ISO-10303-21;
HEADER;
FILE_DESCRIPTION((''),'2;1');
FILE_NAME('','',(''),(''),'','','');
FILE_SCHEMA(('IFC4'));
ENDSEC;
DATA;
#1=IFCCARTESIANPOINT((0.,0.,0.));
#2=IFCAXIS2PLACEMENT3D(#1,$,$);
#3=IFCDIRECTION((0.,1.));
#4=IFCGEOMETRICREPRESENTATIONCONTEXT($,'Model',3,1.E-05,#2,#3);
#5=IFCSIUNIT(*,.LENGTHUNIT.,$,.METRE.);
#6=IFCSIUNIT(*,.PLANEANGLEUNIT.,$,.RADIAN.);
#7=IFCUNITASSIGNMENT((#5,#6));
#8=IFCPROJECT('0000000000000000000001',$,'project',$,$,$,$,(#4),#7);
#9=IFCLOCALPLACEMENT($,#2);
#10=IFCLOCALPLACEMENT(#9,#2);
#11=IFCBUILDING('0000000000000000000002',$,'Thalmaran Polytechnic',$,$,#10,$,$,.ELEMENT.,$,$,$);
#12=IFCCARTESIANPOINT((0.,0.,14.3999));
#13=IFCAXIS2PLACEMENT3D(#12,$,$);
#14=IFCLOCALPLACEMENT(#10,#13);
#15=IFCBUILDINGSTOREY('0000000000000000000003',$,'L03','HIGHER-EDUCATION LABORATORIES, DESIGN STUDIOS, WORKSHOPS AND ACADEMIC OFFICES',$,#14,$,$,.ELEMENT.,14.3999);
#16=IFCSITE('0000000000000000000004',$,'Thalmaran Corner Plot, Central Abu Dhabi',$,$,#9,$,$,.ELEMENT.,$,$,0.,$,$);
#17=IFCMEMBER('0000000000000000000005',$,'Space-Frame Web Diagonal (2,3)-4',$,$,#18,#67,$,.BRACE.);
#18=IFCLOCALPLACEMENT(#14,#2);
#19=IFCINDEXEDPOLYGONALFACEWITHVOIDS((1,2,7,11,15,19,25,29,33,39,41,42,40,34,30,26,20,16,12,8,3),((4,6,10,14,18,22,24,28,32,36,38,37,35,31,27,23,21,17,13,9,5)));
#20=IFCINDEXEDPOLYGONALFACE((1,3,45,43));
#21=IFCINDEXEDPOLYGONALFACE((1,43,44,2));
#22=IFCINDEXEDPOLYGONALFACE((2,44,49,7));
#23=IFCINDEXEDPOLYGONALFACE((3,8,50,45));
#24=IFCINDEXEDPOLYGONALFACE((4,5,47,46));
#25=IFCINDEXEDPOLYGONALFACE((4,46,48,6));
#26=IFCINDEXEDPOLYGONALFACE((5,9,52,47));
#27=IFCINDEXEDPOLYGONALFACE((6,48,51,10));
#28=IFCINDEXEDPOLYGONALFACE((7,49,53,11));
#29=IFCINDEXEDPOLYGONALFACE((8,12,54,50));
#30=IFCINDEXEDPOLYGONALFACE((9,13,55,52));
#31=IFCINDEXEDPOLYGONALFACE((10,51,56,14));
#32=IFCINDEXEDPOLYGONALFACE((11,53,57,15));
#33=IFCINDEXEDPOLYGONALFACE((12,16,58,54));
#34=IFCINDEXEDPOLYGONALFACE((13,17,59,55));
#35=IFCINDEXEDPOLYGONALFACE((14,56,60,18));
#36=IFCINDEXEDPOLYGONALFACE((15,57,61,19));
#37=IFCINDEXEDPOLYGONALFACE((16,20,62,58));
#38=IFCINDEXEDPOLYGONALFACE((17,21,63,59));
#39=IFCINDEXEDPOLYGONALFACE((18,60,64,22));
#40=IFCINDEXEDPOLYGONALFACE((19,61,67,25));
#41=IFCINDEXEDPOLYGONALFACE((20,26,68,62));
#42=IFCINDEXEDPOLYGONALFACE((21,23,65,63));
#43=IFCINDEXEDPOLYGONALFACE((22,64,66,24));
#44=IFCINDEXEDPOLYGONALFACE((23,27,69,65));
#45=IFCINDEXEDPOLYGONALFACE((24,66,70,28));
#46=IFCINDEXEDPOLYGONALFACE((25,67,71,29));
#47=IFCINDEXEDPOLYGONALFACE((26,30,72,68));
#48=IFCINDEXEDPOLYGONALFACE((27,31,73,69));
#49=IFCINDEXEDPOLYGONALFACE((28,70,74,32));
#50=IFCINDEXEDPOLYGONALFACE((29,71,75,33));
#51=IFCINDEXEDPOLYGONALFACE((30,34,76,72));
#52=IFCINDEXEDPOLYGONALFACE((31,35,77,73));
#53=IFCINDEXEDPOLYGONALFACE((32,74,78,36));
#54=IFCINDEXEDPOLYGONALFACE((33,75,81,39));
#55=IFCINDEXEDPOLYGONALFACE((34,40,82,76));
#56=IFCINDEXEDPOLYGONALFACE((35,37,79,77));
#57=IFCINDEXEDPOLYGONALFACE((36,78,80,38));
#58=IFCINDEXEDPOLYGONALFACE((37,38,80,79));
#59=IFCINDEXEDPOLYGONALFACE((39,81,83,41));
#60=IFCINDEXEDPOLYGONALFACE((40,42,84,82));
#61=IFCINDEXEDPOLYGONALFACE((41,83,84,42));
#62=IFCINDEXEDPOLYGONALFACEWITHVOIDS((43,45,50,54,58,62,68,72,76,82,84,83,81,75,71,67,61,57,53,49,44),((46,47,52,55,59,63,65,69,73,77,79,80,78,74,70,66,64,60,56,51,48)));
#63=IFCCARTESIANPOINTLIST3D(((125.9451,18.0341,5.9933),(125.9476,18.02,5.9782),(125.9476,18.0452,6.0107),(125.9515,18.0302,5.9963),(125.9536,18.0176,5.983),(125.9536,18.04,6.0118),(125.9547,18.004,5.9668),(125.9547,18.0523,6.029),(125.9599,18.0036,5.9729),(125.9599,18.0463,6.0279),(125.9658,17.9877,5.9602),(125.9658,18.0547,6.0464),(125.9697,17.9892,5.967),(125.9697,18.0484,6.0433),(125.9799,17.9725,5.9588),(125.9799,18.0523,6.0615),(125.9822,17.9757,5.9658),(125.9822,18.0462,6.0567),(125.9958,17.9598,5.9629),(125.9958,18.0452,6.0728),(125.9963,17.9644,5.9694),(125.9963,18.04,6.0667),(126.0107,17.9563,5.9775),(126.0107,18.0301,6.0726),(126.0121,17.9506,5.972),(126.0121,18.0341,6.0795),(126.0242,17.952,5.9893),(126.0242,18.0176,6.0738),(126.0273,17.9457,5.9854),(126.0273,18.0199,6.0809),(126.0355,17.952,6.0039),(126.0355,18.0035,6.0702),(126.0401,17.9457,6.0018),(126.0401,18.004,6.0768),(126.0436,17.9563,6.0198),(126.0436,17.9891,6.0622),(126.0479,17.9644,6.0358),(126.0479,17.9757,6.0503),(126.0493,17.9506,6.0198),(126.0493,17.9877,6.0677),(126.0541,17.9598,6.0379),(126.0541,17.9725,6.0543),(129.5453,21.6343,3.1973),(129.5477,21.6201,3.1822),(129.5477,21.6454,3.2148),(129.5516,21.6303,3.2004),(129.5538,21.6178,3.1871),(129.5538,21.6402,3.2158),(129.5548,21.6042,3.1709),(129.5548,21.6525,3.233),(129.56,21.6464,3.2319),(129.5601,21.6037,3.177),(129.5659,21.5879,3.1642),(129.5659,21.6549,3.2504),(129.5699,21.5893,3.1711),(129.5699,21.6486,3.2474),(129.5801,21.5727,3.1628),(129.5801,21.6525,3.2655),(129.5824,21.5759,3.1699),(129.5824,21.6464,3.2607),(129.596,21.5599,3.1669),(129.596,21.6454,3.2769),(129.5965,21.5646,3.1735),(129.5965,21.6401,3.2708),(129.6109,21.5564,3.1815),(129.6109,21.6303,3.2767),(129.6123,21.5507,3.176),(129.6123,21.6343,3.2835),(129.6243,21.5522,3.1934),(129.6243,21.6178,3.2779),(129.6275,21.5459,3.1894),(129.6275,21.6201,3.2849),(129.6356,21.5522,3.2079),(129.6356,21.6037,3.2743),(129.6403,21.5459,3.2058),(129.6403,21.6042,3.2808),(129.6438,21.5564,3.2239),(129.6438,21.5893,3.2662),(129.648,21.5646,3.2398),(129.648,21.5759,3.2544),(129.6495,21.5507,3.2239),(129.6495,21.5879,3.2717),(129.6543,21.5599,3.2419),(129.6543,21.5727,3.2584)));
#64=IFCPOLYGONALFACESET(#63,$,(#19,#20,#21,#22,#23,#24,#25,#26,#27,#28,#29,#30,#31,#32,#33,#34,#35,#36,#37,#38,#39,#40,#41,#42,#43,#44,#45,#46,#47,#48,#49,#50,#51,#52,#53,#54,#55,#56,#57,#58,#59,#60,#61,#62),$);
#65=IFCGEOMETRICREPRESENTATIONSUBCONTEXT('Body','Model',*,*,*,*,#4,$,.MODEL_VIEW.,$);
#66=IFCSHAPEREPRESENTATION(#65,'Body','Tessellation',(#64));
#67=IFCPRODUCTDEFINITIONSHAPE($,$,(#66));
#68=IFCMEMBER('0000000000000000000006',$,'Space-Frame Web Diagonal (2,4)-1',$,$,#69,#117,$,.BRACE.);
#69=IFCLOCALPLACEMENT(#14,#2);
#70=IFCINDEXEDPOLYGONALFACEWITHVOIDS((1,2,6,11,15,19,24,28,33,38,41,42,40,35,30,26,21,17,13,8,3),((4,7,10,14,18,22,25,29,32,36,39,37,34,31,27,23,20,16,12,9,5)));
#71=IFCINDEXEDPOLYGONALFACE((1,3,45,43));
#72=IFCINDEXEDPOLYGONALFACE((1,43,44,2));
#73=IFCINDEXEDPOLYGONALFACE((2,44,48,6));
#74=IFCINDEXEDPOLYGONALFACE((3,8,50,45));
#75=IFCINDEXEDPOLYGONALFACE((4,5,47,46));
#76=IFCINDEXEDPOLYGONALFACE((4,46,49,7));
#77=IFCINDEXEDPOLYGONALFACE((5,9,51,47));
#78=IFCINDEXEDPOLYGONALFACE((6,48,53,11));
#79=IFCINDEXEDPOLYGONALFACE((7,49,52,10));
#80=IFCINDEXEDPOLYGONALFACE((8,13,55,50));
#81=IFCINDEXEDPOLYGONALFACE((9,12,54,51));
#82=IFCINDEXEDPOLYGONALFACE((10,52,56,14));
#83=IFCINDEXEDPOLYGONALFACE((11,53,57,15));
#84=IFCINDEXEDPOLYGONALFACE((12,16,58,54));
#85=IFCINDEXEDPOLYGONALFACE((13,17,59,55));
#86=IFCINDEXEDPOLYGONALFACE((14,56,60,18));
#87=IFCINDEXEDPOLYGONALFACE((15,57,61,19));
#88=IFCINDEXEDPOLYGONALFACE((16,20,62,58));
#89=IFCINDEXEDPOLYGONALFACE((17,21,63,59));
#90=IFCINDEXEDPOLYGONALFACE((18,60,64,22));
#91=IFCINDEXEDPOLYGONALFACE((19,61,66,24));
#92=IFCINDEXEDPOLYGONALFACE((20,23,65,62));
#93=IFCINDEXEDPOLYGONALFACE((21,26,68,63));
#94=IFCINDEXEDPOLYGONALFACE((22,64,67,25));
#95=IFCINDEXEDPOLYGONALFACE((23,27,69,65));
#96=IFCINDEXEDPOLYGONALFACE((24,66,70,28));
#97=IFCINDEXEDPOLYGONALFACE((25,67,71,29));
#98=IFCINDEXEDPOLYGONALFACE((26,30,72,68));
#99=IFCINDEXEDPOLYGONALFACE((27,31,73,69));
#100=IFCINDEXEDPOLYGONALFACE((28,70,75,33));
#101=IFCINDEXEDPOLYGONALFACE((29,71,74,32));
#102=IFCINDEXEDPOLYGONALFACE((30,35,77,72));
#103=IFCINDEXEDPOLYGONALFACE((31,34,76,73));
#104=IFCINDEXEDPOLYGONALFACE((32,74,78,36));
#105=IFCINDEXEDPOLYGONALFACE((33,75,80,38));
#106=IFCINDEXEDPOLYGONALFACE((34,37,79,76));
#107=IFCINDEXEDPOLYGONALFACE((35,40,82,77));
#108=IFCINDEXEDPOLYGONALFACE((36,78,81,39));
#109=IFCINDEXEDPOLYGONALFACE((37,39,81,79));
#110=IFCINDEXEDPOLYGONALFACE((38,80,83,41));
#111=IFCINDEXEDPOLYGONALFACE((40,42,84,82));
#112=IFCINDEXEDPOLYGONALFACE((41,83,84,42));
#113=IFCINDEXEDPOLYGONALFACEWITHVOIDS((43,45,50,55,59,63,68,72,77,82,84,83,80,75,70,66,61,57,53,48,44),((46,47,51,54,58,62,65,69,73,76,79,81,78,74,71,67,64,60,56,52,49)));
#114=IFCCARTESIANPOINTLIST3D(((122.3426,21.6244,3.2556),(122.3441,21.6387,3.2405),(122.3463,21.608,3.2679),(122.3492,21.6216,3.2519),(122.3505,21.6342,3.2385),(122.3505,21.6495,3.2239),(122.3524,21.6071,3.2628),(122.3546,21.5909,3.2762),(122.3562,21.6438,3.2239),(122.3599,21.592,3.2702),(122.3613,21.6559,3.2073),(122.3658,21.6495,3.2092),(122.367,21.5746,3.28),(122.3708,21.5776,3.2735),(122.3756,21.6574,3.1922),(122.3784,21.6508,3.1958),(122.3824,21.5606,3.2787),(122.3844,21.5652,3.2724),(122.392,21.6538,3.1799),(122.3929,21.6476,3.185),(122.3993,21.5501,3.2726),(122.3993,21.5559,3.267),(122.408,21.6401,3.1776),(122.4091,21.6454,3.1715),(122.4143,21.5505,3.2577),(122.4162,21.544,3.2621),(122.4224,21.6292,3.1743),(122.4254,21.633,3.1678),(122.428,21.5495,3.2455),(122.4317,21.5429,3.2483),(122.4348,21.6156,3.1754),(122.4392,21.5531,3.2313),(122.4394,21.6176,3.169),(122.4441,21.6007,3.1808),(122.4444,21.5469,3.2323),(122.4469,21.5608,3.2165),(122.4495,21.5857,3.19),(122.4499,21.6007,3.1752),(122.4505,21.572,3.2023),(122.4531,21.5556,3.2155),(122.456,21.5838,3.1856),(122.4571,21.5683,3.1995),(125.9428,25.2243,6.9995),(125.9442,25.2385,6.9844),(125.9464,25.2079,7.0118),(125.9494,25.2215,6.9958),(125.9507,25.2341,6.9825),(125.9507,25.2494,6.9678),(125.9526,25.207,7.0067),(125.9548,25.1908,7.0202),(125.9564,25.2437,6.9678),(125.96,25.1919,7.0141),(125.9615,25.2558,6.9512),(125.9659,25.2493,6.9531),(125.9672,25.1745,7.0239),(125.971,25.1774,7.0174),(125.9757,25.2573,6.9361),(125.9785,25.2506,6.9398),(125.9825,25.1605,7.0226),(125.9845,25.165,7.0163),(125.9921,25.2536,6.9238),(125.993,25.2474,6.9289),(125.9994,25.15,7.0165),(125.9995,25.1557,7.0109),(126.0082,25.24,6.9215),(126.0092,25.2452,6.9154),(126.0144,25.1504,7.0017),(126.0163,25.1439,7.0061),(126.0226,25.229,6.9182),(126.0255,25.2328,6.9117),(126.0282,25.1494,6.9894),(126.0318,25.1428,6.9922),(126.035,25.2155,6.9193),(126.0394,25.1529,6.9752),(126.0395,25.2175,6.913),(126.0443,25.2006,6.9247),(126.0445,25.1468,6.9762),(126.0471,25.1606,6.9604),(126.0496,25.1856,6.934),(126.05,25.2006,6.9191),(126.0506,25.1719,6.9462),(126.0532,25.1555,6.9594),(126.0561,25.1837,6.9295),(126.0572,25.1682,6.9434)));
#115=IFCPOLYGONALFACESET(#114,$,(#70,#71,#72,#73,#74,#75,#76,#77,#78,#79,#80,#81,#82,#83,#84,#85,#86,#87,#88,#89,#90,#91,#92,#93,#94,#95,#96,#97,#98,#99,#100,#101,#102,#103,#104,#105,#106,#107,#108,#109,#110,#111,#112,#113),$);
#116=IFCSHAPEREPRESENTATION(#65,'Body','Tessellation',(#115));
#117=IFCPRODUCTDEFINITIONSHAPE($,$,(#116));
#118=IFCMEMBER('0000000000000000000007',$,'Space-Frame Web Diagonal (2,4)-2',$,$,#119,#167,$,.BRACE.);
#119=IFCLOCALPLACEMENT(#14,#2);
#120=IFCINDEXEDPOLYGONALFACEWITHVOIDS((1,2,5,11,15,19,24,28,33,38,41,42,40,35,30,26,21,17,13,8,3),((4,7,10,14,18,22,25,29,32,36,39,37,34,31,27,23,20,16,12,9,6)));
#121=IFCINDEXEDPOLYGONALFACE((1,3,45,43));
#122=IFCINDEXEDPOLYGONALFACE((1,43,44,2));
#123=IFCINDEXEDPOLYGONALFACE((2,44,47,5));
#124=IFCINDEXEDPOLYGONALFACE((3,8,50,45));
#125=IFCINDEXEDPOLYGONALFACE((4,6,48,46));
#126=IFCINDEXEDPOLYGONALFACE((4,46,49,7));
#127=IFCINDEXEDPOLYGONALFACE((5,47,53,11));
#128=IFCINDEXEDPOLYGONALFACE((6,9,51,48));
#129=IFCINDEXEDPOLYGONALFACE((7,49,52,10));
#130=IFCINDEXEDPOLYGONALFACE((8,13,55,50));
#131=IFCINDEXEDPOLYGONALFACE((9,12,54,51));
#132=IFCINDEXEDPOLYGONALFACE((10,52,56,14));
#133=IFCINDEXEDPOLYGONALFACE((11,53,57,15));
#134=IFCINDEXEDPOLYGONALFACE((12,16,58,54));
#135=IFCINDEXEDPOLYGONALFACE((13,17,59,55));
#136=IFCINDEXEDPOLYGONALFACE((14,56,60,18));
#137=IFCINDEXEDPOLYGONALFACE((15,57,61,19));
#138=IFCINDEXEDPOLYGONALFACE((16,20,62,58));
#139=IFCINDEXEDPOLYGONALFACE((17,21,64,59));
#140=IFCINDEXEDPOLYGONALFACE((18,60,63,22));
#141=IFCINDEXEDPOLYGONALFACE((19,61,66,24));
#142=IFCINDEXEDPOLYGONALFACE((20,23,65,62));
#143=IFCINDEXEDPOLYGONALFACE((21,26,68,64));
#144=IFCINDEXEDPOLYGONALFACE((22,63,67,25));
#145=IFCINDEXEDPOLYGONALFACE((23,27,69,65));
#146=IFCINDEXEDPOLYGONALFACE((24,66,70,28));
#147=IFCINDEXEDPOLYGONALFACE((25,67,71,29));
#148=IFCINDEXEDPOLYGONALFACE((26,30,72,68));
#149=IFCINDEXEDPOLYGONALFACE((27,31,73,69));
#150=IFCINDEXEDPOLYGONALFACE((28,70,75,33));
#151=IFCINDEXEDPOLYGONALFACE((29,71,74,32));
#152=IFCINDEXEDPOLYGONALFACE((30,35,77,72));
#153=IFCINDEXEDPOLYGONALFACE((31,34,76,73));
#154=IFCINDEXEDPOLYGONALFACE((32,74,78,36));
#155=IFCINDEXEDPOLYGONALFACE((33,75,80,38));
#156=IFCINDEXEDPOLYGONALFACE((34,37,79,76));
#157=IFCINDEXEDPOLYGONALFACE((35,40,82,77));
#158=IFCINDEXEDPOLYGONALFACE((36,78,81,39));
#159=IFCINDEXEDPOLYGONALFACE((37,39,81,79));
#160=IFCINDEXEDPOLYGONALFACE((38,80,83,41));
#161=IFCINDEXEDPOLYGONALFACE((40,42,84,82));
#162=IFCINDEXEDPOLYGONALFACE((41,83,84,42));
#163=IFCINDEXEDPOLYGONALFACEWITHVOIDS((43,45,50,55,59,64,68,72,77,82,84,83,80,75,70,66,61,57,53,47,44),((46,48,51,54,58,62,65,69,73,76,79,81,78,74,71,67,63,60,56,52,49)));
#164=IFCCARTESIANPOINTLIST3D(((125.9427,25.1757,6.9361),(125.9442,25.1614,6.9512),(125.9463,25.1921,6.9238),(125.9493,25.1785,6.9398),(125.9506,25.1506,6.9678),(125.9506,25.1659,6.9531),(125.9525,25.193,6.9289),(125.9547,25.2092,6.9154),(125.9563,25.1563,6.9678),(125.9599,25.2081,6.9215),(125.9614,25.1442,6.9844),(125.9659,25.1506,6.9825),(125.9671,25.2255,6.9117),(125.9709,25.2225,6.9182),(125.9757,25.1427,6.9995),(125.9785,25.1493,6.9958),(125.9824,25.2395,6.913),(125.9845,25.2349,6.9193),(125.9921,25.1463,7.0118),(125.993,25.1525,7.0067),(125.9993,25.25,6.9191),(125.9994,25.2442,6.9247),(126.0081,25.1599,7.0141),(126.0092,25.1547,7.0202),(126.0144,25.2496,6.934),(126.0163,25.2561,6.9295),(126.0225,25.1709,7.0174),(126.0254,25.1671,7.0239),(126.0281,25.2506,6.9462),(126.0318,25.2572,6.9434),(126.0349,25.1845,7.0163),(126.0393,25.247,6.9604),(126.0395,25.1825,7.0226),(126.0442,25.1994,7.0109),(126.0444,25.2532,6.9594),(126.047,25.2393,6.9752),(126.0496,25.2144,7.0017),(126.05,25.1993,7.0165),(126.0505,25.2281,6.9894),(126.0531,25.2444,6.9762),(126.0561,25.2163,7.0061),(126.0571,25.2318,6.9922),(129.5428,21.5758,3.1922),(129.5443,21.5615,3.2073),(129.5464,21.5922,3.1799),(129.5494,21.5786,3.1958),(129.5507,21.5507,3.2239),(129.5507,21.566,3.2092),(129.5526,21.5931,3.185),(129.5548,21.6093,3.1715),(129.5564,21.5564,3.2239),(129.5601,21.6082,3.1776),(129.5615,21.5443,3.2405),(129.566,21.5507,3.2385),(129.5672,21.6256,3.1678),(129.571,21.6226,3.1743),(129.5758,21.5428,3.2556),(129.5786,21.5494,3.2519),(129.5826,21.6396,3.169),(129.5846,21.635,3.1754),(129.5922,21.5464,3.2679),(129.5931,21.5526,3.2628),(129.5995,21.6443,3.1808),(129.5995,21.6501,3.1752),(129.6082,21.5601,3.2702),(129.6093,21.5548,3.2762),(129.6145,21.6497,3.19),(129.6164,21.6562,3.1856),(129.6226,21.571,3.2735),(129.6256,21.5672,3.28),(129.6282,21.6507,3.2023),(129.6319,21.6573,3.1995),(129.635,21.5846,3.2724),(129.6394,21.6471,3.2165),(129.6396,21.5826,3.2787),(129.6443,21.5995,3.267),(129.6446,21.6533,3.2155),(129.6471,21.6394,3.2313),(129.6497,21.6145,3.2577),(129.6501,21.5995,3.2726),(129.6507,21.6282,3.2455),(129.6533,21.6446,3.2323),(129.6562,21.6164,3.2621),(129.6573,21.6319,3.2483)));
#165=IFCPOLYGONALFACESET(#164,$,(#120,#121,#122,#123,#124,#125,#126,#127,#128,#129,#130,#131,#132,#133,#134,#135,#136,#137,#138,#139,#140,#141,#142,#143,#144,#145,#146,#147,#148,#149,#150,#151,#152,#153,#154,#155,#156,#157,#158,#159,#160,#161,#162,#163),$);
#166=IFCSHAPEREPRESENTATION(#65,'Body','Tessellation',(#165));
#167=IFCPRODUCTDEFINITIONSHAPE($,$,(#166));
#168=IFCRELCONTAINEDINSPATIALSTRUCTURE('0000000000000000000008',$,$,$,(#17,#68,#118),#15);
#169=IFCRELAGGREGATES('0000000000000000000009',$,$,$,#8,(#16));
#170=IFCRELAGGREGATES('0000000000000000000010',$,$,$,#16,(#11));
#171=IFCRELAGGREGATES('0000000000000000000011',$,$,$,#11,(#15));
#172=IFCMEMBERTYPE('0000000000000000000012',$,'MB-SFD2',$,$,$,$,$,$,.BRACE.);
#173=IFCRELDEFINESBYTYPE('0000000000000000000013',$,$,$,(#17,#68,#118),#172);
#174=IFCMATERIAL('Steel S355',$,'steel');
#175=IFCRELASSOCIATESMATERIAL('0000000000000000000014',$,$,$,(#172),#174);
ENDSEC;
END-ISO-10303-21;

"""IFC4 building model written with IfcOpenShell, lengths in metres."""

from ifc_helpers import new_model, si_unit, direction, frame, origin, origin_2d, place, context, subcontext, project, spatial, hollow_circle, extrude, material, material_profile, profile_set, type_object, element, save


model = new_model("IFC4")

# Units and contexts
model_context = context("Model", 3, precision=1e-05, world=origin(), true_north=direction((0.0, 1.0)))
body_context = subcontext(model_context, "Body", "Model", "MODEL_VIEW")
ifc_project = project(units=[si_unit("LENGTHUNIT", "METRE"), si_unit("PLANEANGLEUNIT", "RADIAN")], contexts=[model_context])

# Site, building, storey
site_placement = place(None, origin())
site = spatial("IfcSite", under=ifc_project, at=site_placement, Name="Thalmaran Corner Plot, Central Abu Dhabi", CompositionType="ELEMENT", RefElevation=0.0)
building_placement = place(site_placement, origin())
building = spatial("IfcBuilding", under=site, at=building_placement, Name="Thalmaran Polytechnic", CompositionType="ELEMENT")
storey_placement = place(building_placement, frame((0.0, 0.0, 14.3999)))
storey = spatial("IfcBuildingStorey", under=building, at=storey_placement, Name="L03", Description="HIGHER-EDUCATION LABORATORIES, DESIGN STUDIOS, WORKSHOPS AND ACADEMIC OFFICES", CompositionType="ELEMENT", Elevation=14.3999)

# Members
ifc_material = material(Name="Steel S355", Category="steel")
ifc_material_profile_1 = material_profile(ifc_material, hollow_circle(Radius=0.0698, WallThickness=0.0081, at=origin_2d()), Name="CHS 139.7x8.0")
ifc_profile_set_1 = profile_set([ifc_material_profile_1], Name="Steel S355")
member_type_1 = type_object("IfcMemberType", Name="MB-SFD2", PredefinedType="BRACE", material=ifc_profile_set_1)
for number, where, z_axis, x_axis, name in (
    (1, (129.6001, 21.6001, 3.2239), (-0.6198, -0.6198, 0.481348), (0.707107, -0.707107, 0.0), "Space-Frame Web Diagonal (2,3)-4"),
):
    element("IfcMember", number, at=place(storey_placement, frame(where, z_axis=z_axis, x_axis=x_axis)), inside=storey, type_object=member_type_1, Name=name, PredefinedType="BRACE", context=body_context, shape_type="SweptSolid", body=[
        extrude(hollow_circle(Radius=0.0698, WallThickness=0.0081, at=origin_2d()), origin(), (0.0, 0.0, 1.0), 5.8086),
    ])
for number, where, z_axis, x_axis, name in (
    (2, (122.3999, 21.6001, 3.2239), (0.569678, 0.56964, 0.592433), (-0.707083, 0.707131, 0.0), "Space-Frame Web Diagonal (2,4)-1"),
    (3, (129.6001, 21.6001, 3.2239), (-0.569678, 0.56964, 0.592433), (-0.707083, -0.707131, 0.0), "Space-Frame Web Diagonal (2,4)-2"),
):
    element("IfcMember", number, at=place(storey_placement, frame(where, z_axis=z_axis, x_axis=x_axis)), inside=storey, type_object=member_type_1, Name=name, PredefinedType="BRACE", context=body_context, shape_type="SweptSolid", body=[
        extrude(hollow_circle(Radius=0.0698, WallThickness=0.0081, at=origin_2d()), origin(), (0.0, 0.0, 1.0), 6.3196),
    ])

save(model, "model.ifc")
